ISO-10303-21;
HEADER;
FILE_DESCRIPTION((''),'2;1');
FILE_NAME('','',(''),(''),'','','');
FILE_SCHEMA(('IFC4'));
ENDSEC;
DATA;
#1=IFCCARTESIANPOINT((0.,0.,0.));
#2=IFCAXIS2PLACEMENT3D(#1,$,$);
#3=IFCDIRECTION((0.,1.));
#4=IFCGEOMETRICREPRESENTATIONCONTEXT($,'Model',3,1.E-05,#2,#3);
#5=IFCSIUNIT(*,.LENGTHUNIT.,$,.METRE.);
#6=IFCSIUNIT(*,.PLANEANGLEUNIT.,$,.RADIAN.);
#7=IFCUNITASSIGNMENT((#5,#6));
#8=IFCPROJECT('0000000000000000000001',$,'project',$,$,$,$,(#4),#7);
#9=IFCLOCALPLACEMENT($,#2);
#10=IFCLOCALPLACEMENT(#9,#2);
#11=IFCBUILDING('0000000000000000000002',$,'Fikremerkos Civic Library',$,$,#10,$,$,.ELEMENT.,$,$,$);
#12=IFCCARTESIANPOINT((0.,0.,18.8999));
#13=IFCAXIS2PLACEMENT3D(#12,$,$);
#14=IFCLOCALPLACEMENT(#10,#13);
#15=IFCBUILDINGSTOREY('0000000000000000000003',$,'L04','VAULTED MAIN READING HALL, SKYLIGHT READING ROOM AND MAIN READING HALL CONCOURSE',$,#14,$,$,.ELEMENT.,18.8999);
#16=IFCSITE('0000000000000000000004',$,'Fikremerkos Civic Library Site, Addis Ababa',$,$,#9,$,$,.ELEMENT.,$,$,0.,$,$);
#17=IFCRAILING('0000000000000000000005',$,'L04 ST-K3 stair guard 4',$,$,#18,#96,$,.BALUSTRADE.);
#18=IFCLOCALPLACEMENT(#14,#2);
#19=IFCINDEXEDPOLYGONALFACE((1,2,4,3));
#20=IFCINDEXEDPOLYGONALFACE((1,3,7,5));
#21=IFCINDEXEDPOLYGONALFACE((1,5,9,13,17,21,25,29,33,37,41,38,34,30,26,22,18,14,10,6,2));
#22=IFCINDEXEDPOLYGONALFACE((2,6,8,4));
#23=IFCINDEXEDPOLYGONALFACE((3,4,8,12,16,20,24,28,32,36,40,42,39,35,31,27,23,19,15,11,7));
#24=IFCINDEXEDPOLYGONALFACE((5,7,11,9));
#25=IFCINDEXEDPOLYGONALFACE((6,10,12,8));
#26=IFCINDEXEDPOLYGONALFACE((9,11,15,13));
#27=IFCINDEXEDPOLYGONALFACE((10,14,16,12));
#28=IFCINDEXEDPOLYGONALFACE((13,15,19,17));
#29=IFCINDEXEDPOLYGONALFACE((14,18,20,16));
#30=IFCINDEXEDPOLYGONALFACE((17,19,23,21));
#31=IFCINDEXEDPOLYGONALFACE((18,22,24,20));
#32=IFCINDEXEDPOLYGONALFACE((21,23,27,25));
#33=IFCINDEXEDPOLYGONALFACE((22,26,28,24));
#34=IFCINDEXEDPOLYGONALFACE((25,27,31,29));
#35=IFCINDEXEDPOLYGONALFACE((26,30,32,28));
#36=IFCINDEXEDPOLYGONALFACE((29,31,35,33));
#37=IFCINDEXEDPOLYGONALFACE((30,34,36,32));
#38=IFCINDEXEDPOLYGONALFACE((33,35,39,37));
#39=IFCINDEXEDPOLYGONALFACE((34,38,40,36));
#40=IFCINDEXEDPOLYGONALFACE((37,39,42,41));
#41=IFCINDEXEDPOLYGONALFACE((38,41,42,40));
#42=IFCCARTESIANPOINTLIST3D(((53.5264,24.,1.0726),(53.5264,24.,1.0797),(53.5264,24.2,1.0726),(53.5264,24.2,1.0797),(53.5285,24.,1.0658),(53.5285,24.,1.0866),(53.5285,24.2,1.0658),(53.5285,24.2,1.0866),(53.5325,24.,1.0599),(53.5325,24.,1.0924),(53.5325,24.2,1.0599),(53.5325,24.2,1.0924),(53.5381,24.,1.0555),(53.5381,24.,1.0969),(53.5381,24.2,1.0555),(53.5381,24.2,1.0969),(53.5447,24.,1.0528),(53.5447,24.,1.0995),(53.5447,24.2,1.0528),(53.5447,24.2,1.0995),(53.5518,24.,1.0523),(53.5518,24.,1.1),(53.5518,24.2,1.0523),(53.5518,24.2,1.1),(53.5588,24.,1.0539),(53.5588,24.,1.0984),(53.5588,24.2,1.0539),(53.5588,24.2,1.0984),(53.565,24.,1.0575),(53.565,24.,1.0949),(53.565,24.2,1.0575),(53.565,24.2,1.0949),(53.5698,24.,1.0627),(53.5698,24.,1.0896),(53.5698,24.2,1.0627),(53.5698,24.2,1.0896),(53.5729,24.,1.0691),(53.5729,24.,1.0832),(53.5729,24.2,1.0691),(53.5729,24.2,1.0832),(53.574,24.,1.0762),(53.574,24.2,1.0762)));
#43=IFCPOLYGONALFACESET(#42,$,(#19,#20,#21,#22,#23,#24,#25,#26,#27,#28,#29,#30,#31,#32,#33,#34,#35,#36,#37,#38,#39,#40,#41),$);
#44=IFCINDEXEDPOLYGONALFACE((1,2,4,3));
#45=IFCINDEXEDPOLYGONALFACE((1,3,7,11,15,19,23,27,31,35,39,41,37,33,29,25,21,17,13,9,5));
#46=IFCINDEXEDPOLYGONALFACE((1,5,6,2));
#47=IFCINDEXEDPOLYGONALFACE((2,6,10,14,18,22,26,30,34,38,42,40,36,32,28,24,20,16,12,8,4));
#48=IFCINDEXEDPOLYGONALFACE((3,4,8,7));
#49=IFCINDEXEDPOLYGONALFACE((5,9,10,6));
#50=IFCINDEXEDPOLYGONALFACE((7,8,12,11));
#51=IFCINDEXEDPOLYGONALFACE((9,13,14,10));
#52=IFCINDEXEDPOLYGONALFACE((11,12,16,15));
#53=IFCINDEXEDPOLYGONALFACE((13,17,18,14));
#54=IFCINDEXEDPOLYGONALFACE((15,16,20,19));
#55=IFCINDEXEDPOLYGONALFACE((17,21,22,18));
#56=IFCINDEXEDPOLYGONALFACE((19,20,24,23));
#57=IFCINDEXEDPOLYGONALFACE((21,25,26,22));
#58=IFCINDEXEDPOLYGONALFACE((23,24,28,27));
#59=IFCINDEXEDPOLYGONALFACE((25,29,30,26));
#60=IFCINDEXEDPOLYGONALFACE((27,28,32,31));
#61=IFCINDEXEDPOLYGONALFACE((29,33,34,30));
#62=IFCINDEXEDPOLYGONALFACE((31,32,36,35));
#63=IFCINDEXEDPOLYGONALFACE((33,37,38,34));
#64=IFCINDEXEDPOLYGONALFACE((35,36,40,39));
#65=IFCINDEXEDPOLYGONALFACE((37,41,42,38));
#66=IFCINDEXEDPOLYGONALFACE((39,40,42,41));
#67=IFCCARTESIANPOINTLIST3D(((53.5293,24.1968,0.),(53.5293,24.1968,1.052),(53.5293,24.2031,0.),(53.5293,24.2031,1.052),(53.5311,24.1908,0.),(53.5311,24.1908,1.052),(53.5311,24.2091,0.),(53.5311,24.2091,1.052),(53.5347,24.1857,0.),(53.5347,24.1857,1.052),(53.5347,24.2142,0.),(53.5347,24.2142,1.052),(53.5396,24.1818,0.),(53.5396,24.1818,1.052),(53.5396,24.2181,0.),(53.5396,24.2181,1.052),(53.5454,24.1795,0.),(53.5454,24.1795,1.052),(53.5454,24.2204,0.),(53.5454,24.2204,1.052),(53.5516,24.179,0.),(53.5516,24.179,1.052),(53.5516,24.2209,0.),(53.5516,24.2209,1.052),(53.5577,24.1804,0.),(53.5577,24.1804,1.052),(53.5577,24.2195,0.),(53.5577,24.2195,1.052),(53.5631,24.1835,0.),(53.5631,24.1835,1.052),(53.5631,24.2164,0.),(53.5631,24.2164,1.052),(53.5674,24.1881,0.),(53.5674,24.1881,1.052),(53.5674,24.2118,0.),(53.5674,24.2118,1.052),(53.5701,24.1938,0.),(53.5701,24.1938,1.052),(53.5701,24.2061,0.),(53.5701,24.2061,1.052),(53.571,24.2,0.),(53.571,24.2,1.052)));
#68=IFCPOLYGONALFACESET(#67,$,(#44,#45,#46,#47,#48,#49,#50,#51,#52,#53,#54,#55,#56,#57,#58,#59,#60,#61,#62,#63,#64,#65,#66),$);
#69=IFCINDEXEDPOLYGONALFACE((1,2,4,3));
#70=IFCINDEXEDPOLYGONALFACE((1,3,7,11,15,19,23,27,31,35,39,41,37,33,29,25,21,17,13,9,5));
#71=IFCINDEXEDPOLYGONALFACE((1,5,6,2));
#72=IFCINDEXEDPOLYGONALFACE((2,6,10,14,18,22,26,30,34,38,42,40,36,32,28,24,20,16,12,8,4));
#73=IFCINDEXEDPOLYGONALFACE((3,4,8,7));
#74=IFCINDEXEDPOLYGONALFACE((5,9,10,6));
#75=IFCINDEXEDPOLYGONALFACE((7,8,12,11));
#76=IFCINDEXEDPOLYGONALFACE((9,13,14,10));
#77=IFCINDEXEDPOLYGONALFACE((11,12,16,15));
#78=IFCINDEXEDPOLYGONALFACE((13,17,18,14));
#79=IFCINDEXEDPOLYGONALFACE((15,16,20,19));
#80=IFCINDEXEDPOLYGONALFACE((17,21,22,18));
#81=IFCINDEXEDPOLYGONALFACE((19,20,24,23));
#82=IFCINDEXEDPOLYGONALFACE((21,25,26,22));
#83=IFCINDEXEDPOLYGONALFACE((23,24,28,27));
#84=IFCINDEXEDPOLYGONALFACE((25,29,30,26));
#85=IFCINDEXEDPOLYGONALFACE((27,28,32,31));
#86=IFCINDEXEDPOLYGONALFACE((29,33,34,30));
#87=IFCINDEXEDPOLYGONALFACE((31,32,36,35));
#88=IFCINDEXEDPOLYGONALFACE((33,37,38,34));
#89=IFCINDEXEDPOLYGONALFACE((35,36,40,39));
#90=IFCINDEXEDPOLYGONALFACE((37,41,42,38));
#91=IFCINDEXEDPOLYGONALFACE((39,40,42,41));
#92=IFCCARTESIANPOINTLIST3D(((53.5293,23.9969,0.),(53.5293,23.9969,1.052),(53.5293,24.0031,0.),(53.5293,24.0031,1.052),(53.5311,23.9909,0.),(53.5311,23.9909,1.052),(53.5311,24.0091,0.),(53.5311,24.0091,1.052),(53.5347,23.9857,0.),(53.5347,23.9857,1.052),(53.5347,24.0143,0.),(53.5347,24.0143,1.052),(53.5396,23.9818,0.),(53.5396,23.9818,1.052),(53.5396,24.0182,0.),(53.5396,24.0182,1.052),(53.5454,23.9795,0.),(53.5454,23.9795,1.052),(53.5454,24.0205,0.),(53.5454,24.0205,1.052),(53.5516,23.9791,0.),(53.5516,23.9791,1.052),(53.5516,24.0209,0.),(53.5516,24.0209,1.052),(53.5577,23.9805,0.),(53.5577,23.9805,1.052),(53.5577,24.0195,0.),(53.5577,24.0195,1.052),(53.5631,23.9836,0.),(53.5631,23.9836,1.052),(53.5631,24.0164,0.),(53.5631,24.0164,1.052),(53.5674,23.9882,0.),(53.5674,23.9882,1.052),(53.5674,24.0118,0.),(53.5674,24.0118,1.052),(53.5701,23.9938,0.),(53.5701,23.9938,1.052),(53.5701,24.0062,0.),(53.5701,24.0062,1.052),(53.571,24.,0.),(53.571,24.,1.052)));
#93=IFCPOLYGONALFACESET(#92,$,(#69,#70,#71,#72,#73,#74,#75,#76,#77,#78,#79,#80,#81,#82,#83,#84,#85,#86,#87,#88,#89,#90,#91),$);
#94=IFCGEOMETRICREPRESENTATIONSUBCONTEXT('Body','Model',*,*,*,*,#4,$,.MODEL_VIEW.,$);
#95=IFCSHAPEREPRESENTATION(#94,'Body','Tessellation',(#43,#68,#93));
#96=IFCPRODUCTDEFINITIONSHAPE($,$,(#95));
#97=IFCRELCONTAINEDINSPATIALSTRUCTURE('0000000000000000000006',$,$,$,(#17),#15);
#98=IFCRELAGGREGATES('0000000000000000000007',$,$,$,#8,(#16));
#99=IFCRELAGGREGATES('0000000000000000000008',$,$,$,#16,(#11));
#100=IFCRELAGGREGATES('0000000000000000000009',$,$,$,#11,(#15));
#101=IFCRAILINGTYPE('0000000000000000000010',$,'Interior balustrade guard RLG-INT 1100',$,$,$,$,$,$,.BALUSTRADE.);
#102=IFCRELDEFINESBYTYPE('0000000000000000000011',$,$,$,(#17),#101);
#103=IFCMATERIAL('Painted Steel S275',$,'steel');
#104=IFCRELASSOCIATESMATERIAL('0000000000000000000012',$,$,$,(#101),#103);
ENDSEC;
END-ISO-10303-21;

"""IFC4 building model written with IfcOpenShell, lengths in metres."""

from ifc_helpers import new_model, si_unit, direction, frame, origin, origin_2d, place, context, subcontext, project, spatial, circle, extrude, material, type_object, element, save


model = new_model("IFC4")

# Units and contexts
model_context = context("Model", 3, precision=1e-05, world=origin(), true_north=direction((0.0, 1.0)))
body_context = subcontext(model_context, "Body", "Model", "MODEL_VIEW")
ifc_project = project(units=[si_unit("LENGTHUNIT", "METRE"), si_unit("PLANEANGLEUNIT", "RADIAN")], contexts=[model_context])

# Site, building, storey
site_placement = place(None, origin())
site = spatial("IfcSite", under=ifc_project, at=site_placement, Name="Fikremerkos Civic Library Site, Addis Ababa", CompositionType="ELEMENT", RefElevation=0.0)
building_placement = place(site_placement, origin())
building = spatial("IfcBuilding", under=site, at=building_placement, Name="Fikremerkos Civic Library", CompositionType="ELEMENT")
storey_placement = place(building_placement, frame((0.0, 0.0, 18.8999)))
storey = spatial("IfcBuildingStorey", under=building, at=storey_placement, Name="L04", Description="VAULTED MAIN READING HALL, SKYLIGHT READING ROOM AND MAIN READING HALL CONCOURSE", CompositionType="ELEMENT", Elevation=18.8999)

# Railing
ifc_material_1 = material(Name="Painted Steel S275", Category="steel")
railing_type_1 = type_object("IfcRailingType", Name="Interior balustrade guard RLG-INT 1100", PredefinedType="BALUSTRADE", material=ifc_material_1)
railing_1_placement = place(storey_placement, frame((53.55, 24.2, 0.0)))
element("IfcRailing", 1, at=railing_1_placement, inside=storey, type_object=railing_type_1, Name="L04 ST-K3 stair guard 4", PredefinedType="BALUSTRADE", context=body_context, shape_type="SweptSolid", body=[
    extrude(circle(Radius=0.0239, at=origin_2d()), frame((0.0, 0.0, 1.0762), z_axis=(0.0, -1.0, 0.0), x_axis=(1.0, 0.0, 0.0)), (0.0, 0.0, 1.0), 0.2),
    extrude(circle(Radius=0.021, at=origin_2d()), origin(), (0.0, 0.0, 1.0), 1.052),
    extrude(circle(Radius=0.021, at=origin_2d()), frame((0.0, -0.2, 0.0)), (0.0, 0.0, 1.0), 1.052),
])

save(model, "model.ifc")
